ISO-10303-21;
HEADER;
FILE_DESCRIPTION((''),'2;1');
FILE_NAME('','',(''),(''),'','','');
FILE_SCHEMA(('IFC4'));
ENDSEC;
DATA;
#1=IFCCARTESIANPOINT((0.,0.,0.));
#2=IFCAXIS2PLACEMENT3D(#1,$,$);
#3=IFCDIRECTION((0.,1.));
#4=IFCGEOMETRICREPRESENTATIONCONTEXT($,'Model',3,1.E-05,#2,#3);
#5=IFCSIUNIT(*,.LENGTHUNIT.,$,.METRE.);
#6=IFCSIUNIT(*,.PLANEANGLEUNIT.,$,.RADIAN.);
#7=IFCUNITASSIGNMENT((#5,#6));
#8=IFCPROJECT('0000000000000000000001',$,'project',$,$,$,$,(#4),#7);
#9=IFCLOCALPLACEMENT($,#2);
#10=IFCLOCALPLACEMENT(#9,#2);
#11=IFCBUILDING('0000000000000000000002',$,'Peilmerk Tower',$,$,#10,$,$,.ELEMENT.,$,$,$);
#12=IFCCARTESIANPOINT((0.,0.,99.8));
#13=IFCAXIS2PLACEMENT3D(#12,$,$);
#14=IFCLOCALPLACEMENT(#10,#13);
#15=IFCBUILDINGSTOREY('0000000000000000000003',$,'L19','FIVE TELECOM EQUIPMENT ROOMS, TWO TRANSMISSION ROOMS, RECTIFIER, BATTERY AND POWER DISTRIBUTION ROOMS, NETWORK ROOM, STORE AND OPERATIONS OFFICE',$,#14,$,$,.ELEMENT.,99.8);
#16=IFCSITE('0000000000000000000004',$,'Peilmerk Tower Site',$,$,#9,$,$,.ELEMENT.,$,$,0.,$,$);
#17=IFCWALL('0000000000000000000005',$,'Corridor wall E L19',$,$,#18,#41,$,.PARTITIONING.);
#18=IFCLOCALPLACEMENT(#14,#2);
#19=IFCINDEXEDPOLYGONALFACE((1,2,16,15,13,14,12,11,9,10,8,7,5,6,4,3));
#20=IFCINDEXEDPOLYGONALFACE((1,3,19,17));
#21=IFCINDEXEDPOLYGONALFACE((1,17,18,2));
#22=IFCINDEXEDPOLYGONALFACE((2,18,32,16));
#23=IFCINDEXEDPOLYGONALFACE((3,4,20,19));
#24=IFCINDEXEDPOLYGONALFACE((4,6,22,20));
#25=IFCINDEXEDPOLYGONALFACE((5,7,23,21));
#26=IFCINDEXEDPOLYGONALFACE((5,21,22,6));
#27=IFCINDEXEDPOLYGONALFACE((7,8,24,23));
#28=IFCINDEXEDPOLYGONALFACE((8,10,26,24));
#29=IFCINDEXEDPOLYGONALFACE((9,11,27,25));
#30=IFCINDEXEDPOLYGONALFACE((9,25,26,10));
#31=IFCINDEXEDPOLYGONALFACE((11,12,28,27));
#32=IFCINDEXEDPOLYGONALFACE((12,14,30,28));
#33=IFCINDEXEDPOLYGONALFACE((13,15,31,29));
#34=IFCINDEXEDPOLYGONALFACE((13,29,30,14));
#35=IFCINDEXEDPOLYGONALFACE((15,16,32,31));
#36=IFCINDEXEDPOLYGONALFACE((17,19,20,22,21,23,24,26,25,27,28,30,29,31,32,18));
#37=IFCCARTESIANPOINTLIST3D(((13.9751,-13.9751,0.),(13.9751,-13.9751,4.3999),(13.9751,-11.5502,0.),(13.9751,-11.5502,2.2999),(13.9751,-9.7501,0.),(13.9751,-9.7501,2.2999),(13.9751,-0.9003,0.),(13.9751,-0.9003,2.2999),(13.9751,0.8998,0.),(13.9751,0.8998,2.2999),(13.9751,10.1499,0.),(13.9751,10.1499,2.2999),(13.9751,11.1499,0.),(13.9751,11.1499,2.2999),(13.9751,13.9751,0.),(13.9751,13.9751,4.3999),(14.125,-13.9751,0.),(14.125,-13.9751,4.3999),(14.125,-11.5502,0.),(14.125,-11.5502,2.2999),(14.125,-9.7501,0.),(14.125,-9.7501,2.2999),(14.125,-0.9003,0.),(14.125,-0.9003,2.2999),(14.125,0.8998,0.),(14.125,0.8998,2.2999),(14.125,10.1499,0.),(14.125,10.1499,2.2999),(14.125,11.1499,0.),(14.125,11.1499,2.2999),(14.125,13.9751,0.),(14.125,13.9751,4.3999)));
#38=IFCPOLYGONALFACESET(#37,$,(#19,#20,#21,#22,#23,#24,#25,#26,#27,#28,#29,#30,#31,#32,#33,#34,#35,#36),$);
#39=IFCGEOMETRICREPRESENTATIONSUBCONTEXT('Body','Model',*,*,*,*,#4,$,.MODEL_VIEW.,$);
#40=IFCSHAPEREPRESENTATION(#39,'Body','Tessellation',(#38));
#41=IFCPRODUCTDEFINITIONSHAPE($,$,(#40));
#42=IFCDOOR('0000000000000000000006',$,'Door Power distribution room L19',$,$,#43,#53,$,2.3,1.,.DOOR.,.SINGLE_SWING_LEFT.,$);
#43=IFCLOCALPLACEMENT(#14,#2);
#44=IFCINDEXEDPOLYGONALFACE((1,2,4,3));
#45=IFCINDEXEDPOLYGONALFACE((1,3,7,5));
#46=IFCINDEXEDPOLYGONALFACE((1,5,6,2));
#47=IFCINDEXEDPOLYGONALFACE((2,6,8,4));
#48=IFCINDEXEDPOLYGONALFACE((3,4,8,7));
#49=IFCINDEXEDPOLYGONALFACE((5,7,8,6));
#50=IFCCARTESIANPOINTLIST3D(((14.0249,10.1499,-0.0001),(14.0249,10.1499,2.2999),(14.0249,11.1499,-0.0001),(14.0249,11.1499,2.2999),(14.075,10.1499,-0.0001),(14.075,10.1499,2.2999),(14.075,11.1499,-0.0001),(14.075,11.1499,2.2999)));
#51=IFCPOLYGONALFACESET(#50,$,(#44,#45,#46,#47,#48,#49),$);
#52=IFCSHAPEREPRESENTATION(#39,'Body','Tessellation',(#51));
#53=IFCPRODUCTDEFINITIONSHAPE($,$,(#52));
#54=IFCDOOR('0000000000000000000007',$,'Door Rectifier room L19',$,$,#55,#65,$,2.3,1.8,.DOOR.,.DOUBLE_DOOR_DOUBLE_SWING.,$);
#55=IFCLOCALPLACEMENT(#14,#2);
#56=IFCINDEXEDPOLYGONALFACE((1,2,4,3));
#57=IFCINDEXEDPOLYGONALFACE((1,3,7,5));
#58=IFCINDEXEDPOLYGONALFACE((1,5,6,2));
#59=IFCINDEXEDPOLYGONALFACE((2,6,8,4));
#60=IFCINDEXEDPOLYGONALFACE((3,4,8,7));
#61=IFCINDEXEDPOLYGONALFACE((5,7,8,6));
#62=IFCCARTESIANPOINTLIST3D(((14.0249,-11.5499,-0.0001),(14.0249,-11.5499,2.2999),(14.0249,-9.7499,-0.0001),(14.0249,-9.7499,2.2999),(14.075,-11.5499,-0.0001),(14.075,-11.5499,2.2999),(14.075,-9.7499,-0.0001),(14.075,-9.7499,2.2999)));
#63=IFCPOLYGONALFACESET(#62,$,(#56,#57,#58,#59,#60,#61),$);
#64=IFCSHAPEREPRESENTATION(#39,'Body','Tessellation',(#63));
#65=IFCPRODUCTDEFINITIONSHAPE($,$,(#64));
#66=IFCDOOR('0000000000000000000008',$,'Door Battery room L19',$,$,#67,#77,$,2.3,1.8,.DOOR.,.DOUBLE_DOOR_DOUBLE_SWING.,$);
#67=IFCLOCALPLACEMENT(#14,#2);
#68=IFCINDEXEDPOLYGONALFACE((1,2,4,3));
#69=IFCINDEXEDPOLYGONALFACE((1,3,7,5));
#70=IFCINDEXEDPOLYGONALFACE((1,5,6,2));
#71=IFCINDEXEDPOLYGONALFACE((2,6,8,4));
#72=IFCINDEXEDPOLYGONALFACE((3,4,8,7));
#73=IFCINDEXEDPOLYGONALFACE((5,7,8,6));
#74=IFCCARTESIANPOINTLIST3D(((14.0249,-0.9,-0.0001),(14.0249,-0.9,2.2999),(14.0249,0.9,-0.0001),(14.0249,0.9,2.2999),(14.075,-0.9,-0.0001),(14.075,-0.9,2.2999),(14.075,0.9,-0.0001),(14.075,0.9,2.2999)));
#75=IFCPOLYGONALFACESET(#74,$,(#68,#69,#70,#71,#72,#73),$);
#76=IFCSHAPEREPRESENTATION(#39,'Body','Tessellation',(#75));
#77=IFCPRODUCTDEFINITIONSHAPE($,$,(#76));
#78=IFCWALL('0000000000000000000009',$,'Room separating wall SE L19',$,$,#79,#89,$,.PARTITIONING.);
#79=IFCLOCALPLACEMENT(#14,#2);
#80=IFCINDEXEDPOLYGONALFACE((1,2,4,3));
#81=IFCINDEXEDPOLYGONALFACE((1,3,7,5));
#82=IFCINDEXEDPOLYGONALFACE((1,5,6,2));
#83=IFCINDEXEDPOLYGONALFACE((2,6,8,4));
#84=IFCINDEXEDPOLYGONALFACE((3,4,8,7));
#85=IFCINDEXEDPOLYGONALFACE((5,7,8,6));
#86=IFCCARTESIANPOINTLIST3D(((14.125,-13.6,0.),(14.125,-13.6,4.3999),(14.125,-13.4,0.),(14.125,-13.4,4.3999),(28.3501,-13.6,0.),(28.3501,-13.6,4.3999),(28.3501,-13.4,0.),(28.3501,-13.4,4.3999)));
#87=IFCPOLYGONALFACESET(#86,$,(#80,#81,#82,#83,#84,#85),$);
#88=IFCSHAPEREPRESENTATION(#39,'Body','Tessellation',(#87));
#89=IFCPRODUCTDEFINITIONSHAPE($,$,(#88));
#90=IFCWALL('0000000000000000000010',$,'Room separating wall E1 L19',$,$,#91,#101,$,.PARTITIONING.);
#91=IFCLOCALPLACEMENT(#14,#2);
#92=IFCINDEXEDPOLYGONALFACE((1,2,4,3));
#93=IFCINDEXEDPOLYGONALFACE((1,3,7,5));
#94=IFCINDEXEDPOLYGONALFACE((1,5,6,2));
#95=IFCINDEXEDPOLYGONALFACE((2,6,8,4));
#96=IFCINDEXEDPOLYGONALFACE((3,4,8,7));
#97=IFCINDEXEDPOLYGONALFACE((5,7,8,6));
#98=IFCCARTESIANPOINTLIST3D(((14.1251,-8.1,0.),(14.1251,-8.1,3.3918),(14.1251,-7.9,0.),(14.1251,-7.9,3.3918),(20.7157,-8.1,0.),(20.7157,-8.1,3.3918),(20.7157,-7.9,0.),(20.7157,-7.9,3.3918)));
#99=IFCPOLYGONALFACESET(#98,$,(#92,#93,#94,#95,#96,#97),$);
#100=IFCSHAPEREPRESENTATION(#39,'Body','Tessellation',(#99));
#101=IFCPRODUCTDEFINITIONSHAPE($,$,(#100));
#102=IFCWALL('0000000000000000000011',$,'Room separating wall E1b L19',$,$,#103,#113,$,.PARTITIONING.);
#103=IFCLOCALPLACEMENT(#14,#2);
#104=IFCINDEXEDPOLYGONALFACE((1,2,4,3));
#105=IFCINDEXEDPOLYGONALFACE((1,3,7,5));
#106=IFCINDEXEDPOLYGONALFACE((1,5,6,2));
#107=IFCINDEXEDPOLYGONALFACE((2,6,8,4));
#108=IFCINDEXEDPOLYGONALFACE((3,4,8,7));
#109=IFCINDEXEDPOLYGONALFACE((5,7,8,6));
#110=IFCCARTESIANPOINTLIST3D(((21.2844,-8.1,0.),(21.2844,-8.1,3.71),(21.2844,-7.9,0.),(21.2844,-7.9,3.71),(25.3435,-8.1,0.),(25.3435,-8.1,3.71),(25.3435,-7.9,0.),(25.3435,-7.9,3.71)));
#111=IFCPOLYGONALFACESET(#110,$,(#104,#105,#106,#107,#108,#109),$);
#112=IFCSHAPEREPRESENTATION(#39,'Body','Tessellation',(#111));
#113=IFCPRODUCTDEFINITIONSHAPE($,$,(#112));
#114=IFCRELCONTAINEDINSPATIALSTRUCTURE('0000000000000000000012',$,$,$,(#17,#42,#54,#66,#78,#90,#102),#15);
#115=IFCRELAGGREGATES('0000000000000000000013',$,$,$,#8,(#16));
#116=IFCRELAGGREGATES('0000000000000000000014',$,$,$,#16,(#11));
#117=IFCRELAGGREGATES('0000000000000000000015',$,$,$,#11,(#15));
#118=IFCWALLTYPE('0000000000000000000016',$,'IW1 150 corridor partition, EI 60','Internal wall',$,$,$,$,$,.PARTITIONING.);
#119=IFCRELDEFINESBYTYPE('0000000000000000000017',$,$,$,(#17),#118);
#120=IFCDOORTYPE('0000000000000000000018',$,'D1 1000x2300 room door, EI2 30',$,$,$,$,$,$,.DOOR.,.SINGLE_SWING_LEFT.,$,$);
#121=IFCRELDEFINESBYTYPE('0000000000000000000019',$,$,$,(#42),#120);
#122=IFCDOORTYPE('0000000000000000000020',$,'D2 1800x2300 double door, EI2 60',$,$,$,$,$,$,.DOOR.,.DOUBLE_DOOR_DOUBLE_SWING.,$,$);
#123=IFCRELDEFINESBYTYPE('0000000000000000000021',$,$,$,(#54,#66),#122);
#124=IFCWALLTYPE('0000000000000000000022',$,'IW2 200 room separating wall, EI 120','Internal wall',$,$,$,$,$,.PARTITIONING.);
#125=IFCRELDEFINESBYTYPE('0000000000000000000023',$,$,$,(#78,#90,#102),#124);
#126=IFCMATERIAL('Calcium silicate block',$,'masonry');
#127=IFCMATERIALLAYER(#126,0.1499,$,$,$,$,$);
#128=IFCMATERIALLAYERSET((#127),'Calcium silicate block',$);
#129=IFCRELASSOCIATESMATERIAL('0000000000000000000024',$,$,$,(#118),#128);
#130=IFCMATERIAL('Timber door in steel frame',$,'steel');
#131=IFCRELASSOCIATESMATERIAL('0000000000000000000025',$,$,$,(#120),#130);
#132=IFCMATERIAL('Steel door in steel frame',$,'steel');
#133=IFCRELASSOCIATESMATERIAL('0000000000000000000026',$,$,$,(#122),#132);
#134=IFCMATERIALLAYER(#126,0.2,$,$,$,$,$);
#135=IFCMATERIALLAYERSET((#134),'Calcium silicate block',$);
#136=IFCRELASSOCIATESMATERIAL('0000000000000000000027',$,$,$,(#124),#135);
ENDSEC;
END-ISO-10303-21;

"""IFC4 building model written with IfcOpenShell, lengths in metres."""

from ifc_helpers import new_model, si_unit, direction, frame, frame_2d, origin, place, context, subcontext, project, spatial, rectangle, extrude, material, layer, layer_set, type_object, element, fill, save


model = new_model("IFC4")

# Units and contexts
model_context = context("Model", 3, precision=1e-05, world=origin(), true_north=direction((0.0, 1.0)))
body_context = subcontext(model_context, "Body", "Model", "MODEL_VIEW")
ifc_project = project(units=[si_unit("LENGTHUNIT", "METRE"), si_unit("PLANEANGLEUNIT", "RADIAN")], contexts=[model_context])

# Site, building, storey
site_placement = place(None, origin())
site = spatial("IfcSite", under=ifc_project, at=site_placement, Name="Peilmerk Tower Site", CompositionType="ELEMENT", RefElevation=0.0)
building_placement = place(site_placement, origin())
building = spatial("IfcBuilding", under=site, at=building_placement, Name="Peilmerk Tower", CompositionType="ELEMENT")
storey_placement = place(building_placement, frame((0.0, 0.0, 99.8)))
storey = spatial("IfcBuildingStorey", under=building, at=storey_placement, Name="L19", Description="FIVE TELECOM EQUIPMENT ROOMS, TWO TRANSMISSION ROOMS, RECTIFIER, BATTERY AND POWER DISTRIBUTION ROOMS, NETWORK ROOM, STORE AND OPERATIONS OFFICE", CompositionType="ELEMENT", Elevation=99.8)

# Wall, openings, doors
ifc_material_1 = material(Name="Calcium silicate block", Category="masonry")
ifc_layer_1 = layer(ifc_material_1, 0.1499)
ifc_layer_set_1 = layer_set([ifc_layer_1], Name="Calcium silicate block")
wall_type_1 = type_object("IfcWallType", Name="IW1 150 corridor partition, EI 60", Description="Internal wall", PredefinedType="PARTITIONING", material=ifc_layer_set_1)
ifc_material_2 = material(Name="Timber door in steel frame", Category="steel")
door_type_1 = type_object("IfcDoorType", Name="D1 1000x2300 room door, EI2 30", OperationType="SINGLE_SWING_LEFT", PredefinedType="DOOR", material=ifc_material_2)
ifc_material_3 = material(Name="Steel door in steel frame", Category="steel")
door_type_2 = type_object("IfcDoorType", Name="D2 1800x2300 double door, EI2 60", OperationType="DOUBLE_DOOR_DOUBLE_SWING", PredefinedType="DOOR", material=ifc_material_3)
wall_1_placement = place(storey_placement, frame((14.05, -13.9751, 0.0), z_axis=(0.0, 0.0, 1.0), x_axis=(0.0, 1.0, 0.0)))
wall_1 = element("IfcWall", 1, at=wall_1_placement, inside=storey, type_object=wall_type_1, Name="Corridor wall E L19", PredefinedType="PARTITIONING", context=body_context, shape_type="SweptSolid", body=[
    extrude(rectangle(XDim=27.9502, YDim=0.1499, at=frame_2d((13.9751, 0.0))), origin(), (0.0, 0.0, 1.0), 4.3999),
])
opening_1_placement = place(wall_1_placement, frame((2.425, 0.0, 0.0)))
opening_1 = element("IfcOpeningElement", 2, at=opening_1_placement, cuts=wall_1, PredefinedType="OPENING", context=body_context, shape_type="SweptSolid", body=[
    extrude(rectangle(XDim=1.8, YDim=2.3, at=frame_2d((0.8999, 1.1499))), frame((0.0, 0.085, 0.0), z_axis=(0.0, -1.0, 0.0), x_axis=(1.0, 0.0, 0.0)), (0.0, 0.0, 1.0), 0.1699),
])
opening_2_placement = place(wall_1_placement, frame((13.075, 0.0, 0.0)))
opening_2 = element("IfcOpeningElement", 3, at=opening_2_placement, cuts=wall_1, PredefinedType="OPENING", context=body_context, shape_type="SweptSolid", body=[
    extrude(rectangle(XDim=1.8, YDim=2.3, at=frame_2d((0.8999, 1.1499))), frame((0.0, 0.085, 0.0), z_axis=(0.0, -1.0, 0.0), x_axis=(1.0, 0.0, 0.0)), (0.0, 0.0, 1.0), 0.1699),
])
opening_3_placement = place(wall_1_placement, frame((24.125, 0.0, 0.0)))
opening_3 = element("IfcOpeningElement", 4, at=opening_3_placement, cuts=wall_1, PredefinedType="OPENING", context=body_context, shape_type="SweptSolid", body=[
    extrude(rectangle(XDim=1.0, YDim=2.3, at=frame_2d((0.5, 1.1499))), frame((0.0, 0.085, 0.0), z_axis=(0.0, -1.0, 0.0), x_axis=(1.0, 0.0, 0.0)), (0.0, 0.0, 1.0), 0.1699),
])
door_1_placement = place(opening_3_placement, frame((1.0, 0.0, 0.0), z_axis=(0.0, 0.0, 1.0), x_axis=(-1.0, 0.0, 0.0)))
door_1 = element("IfcDoor", 5, at=door_1_placement, inside=storey, type_object=door_type_1, Name="Door Power distribution room L19", OperationType="SINGLE_SWING_LEFT", OverallHeight=2.3, OverallWidth=1.0, PredefinedType="DOOR", context=body_context, shape_type="SweptSolid", body=[
    extrude(rectangle(XDim=1.0, YDim=2.3, at=frame_2d((0.5, 1.1499))), frame((0.0, 0.0249, 0.0), z_axis=(0.0, -1.0, 0.0), x_axis=(1.0, 0.0, 0.0)), (0.0, 0.0, 1.0), 0.05),
])
fill(opening_3, door_1)
door_2_placement = place(opening_1_placement, frame((1.8, 0.0, 0.0), z_axis=(0.0, 0.0, 1.0), x_axis=(-1.0, 0.0, 0.0)))
door_2 = element("IfcDoor", 6, at=door_2_placement, inside=storey, type_object=door_type_2, Name="Door Rectifier room L19", OperationType="DOUBLE_DOOR_DOUBLE_SWING", OverallHeight=2.3, OverallWidth=1.8, PredefinedType="DOOR", context=body_context, shape_type="SweptSolid", body=[
    extrude(rectangle(XDim=1.8, YDim=2.3, at=frame_2d((0.8999, 1.1499))), frame((0.0, 0.0249, 0.0), z_axis=(0.0, -1.0, 0.0), x_axis=(1.0, 0.0, 0.0)), (0.0, 0.0, 1.0), 0.05),
])
fill(opening_1, door_2)
door_3_placement = place(opening_2_placement, frame((1.8, 0.0, 0.0), z_axis=(0.0, 0.0, 1.0), x_axis=(-1.0, 0.0, 0.0)))
door_3 = element("IfcDoor", 7, at=door_3_placement, inside=storey, type_object=door_type_2, Name="Door Battery room L19", OperationType="DOUBLE_DOOR_DOUBLE_SWING", OverallHeight=2.3, OverallWidth=1.8, PredefinedType="DOOR", context=body_context, shape_type="SweptSolid", body=[
    extrude(rectangle(XDim=1.8, YDim=2.3, at=frame_2d((0.8999, 1.1499))), frame((0.0, 0.0249, 0.0), z_axis=(0.0, -1.0, 0.0), x_axis=(1.0, 0.0, 0.0)), (0.0, 0.0, 1.0), 0.05),
])
fill(opening_2, door_3)

# Walls
ifc_layer_2 = layer(ifc_material_1, 0.2)
ifc_layer_set_2 = layer_set([ifc_layer_2], Name="Calcium silicate block")
wall_type_2 = type_object("IfcWallType", Name="IW2 200 room separating wall, EI 120", Description="Internal wall", PredefinedType="PARTITIONING", material=ifc_layer_set_2)
wall_2_placement = place(storey_placement, frame((28.3501, -13.5, 0.0), z_axis=(0.0, 0.0, 1.0), x_axis=(-1.0, 0.0, 0.0)))
element("IfcWall", 8, at=wall_2_placement, inside=storey, type_object=wall_type_2, Name="Room separating wall SE L19", PredefinedType="PARTITIONING", context=body_context, shape_type="SweptSolid", body=[
    extrude(rectangle(XDim=14.2251, YDim=0.2, at=frame_2d((7.1125, 0.0))), origin(), (0.0, 0.0, 1.0), 4.3999),
])
wall_3_placement = place(storey_placement, frame((14.125, -8.0, 0.0), z_axis=(0.0, 0.0, 1.0), x_axis=(1.0, 0.0, 0.0)))
element("IfcWall", 9, at=wall_3_placement, inside=storey, type_object=wall_type_2, Name="Room separating wall E1 L19", PredefinedType="PARTITIONING", context=body_context, shape_type="SweptSolid", body=[
    extrude(rectangle(XDim=6.5906, YDim=0.2, at=frame_2d((3.2954, 0.0))), origin(), (0.0, 0.0, 1.0), 3.3918),
])
wall_4_placement = place(storey_placement, frame((21.2844, -8.0, 0.0), z_axis=(0.0, 0.0, 1.0), x_axis=(1.0, 0.0, 0.0)))
element("IfcWall", 10, at=wall_4_placement, inside=storey, type_object=wall_type_2, Name="Room separating wall E1b L19", PredefinedType="PARTITIONING", context=body_context, shape_type="SweptSolid", body=[
    extrude(rectangle(XDim=4.0591, YDim=0.2, at=frame_2d((2.0295, 0.0))), origin(), (0.0, 0.0, 1.0), 3.71),
])

save(model, "model.ifc")
